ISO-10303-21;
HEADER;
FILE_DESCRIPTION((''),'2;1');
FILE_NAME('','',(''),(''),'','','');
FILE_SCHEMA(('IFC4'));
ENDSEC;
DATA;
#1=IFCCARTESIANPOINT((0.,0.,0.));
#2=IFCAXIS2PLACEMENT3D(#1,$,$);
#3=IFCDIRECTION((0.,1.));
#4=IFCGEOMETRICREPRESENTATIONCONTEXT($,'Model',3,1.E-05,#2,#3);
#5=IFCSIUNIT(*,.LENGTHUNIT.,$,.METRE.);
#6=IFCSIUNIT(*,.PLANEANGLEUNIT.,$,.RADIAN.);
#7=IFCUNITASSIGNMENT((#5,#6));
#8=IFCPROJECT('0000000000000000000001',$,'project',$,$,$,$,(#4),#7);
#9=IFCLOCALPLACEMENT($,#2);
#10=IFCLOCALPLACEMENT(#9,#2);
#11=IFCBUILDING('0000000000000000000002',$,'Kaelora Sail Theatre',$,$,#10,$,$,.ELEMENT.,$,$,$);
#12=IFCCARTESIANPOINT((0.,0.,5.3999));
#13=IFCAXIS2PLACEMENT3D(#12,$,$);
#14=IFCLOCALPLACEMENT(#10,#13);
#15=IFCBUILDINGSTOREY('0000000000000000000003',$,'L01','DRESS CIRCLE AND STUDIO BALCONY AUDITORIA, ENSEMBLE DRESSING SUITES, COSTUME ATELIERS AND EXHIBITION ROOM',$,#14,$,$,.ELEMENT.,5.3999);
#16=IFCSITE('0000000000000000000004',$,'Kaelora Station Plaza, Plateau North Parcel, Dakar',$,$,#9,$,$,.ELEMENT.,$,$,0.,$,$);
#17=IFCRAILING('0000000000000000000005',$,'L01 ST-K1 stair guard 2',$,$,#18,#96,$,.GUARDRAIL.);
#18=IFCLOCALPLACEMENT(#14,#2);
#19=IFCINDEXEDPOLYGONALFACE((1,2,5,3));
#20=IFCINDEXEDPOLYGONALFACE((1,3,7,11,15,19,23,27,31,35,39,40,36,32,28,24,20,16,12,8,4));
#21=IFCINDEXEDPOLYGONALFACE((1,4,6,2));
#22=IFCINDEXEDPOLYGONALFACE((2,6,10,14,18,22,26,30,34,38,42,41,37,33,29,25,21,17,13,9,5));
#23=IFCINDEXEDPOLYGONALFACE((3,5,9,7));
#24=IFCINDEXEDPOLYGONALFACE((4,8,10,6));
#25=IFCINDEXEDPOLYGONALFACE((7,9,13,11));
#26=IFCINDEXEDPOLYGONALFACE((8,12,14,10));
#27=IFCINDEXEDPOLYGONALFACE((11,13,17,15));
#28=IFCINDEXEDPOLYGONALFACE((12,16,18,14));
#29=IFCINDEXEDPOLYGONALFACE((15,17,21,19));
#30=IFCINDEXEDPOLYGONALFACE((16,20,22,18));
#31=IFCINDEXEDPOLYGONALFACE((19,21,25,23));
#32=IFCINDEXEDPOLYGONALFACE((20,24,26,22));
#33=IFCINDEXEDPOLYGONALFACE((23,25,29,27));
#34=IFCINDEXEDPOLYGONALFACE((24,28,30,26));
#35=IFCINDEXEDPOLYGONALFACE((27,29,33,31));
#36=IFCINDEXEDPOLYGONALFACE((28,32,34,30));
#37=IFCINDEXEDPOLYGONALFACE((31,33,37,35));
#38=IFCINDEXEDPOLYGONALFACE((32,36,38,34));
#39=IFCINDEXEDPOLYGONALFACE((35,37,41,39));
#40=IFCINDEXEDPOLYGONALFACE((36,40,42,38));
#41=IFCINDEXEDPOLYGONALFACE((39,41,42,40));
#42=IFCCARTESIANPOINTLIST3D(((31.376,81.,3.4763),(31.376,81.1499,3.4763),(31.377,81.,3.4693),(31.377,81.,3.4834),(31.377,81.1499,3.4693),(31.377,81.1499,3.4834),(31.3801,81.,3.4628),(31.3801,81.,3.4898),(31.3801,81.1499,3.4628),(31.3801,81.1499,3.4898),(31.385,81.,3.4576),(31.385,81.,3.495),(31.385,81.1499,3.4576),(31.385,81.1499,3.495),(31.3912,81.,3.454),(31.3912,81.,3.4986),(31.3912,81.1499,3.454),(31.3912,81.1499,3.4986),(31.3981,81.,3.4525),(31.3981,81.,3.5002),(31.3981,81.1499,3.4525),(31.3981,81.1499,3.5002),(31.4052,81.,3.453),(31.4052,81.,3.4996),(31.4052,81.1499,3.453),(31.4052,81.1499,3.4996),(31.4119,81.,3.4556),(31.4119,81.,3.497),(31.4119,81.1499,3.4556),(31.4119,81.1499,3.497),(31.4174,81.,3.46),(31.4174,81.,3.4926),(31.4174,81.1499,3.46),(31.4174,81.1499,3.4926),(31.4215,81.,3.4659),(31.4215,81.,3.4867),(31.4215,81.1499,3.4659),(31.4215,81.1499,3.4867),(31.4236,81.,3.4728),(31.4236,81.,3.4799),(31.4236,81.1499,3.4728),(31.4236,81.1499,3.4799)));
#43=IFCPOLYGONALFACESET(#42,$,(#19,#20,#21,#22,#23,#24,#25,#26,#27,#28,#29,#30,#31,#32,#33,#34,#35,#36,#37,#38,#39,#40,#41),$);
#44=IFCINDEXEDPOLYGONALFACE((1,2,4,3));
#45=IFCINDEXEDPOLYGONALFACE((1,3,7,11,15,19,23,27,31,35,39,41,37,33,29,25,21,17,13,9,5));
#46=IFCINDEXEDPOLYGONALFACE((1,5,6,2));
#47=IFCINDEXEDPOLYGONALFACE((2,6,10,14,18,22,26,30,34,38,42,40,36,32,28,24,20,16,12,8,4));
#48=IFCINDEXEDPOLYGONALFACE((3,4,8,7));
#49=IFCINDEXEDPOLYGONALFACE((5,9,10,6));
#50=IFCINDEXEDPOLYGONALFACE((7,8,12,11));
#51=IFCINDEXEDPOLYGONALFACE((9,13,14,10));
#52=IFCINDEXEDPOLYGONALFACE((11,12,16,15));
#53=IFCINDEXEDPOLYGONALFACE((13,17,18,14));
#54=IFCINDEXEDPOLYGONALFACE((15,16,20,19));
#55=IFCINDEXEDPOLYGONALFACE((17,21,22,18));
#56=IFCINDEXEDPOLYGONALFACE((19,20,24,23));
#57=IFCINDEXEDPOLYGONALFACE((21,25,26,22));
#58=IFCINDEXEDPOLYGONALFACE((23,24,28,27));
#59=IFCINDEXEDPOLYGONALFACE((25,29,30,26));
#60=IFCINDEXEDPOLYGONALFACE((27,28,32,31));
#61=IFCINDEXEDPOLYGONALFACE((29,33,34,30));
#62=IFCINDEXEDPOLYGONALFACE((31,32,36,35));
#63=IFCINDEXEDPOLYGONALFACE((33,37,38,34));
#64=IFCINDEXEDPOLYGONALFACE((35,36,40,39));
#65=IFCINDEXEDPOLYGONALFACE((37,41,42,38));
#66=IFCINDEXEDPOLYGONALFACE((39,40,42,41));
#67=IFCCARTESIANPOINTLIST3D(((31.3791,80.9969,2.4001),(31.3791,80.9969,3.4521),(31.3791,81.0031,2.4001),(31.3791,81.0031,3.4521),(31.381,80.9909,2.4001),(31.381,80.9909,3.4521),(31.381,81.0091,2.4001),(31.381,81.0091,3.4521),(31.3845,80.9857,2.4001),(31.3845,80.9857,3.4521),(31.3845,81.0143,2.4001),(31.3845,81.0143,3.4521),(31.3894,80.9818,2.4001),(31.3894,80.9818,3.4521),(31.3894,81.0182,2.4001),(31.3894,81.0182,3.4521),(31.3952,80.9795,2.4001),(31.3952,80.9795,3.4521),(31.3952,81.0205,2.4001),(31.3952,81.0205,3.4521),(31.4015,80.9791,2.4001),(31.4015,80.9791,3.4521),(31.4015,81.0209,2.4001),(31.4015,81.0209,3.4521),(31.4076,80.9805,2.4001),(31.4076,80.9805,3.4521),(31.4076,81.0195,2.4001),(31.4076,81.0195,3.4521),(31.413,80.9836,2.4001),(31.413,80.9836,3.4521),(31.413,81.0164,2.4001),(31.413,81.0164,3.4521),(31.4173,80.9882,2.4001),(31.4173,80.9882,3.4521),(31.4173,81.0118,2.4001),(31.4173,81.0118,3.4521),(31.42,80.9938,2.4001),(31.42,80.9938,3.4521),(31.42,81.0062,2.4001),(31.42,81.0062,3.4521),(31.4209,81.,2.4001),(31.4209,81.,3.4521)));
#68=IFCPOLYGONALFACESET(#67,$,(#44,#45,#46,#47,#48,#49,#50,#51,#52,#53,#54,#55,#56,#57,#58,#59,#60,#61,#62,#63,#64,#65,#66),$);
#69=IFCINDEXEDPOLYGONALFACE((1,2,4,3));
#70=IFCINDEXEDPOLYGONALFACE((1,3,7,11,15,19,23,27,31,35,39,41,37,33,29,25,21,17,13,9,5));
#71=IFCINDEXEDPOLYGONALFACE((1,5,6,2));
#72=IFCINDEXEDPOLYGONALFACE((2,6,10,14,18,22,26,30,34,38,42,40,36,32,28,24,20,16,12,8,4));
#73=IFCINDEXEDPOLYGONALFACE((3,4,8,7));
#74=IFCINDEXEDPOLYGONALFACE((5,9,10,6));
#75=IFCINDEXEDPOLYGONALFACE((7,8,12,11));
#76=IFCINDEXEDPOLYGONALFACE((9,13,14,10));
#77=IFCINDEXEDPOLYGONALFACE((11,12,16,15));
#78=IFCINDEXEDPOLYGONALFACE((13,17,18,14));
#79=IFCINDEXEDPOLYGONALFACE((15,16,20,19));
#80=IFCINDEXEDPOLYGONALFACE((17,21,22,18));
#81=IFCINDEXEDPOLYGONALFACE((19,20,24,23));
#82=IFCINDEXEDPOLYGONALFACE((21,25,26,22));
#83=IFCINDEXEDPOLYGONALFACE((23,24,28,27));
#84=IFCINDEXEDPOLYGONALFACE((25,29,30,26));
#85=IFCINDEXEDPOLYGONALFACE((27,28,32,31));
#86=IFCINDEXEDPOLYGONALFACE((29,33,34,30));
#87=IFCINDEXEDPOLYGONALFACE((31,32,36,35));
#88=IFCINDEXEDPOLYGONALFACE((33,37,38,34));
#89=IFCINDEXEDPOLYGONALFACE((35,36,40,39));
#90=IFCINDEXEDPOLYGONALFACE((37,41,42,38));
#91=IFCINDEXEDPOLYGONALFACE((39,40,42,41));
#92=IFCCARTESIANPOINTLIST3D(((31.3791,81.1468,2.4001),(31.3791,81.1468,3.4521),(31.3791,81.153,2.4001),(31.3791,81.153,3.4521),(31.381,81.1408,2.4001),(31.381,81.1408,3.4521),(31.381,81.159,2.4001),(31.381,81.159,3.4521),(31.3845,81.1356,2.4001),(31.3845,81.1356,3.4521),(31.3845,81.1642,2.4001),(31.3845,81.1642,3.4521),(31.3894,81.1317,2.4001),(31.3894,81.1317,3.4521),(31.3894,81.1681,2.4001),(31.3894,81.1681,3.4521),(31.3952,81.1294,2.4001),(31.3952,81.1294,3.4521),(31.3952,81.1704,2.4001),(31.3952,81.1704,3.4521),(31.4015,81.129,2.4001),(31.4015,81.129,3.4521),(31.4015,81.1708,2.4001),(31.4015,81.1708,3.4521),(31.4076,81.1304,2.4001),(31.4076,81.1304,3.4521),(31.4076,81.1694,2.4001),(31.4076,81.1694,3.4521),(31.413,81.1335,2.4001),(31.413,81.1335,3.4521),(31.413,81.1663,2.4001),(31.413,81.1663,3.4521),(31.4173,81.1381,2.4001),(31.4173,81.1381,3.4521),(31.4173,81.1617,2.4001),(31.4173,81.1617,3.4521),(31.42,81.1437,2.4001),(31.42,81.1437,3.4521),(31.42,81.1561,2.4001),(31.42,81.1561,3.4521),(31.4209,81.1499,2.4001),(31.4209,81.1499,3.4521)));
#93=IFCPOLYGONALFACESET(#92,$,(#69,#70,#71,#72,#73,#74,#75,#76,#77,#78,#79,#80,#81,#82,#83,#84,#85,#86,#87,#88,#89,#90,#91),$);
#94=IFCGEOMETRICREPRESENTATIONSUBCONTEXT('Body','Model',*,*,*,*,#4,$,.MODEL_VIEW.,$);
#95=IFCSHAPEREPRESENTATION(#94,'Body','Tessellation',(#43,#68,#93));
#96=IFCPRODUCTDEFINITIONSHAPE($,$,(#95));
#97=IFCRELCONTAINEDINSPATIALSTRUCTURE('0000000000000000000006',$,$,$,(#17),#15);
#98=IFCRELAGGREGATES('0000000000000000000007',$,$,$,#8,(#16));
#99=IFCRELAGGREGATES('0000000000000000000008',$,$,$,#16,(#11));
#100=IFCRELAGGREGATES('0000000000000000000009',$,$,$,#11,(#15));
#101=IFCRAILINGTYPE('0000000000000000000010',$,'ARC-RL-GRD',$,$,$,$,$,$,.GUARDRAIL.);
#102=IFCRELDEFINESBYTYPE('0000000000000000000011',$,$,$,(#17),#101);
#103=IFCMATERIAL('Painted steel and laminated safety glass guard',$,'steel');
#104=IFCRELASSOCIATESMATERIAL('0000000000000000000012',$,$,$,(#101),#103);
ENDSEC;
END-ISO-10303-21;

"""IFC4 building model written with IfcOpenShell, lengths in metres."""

from ifc_helpers import new_model, si_unit, direction, frame, origin, origin_2d, place, context, subcontext, project, spatial, circle, extrude, material, type_object, element, save


model = new_model("IFC4")

# Units and contexts
model_context = context("Model", 3, precision=1e-05, world=origin(), true_north=direction((0.0, 1.0)))
body_context = subcontext(model_context, "Body", "Model", "MODEL_VIEW")
ifc_project = project(units=[si_unit("LENGTHUNIT", "METRE"), si_unit("PLANEANGLEUNIT", "RADIAN")], contexts=[model_context])

# Site, building, storey
site_placement = place(None, origin())
site = spatial("IfcSite", under=ifc_project, at=site_placement, Name="Kaelora Station Plaza, Plateau North Parcel, Dakar", CompositionType="ELEMENT", RefElevation=0.0)
building_placement = place(site_placement, origin())
building = spatial("IfcBuilding", under=site, at=building_placement, Name="Kaelora Sail Theatre", CompositionType="ELEMENT")
storey_placement = place(building_placement, frame((0.0, 0.0, 5.3999)))
storey = spatial("IfcBuildingStorey", under=building, at=storey_placement, Name="L01", Description="DRESS CIRCLE AND STUDIO BALCONY AUDITORIA, ENSEMBLE DRESSING SUITES, COSTUME ATELIERS AND EXHIBITION ROOM", CompositionType="ELEMENT", Elevation=5.3999)

# Railing
ifc_material_1 = material(Name="Painted steel and laminated safety glass guard", Category="steel")
railing_type_1 = type_object("IfcRailingType", Name="ARC-RL-GRD", PredefinedType="GUARDRAIL", material=ifc_material_1)
railing_1_placement = place(storey_placement, frame((31.3999, 81.0, 2.4001)))
element("IfcRailing", 1, at=railing_1_placement, inside=storey, type_object=railing_type_1, Name="L01 ST-K1 stair guard 2", PredefinedType="GUARDRAIL", context=body_context, shape_type="SweptSolid", body=[
    extrude(circle(Radius=0.0239, at=origin_2d()), frame((0.0, 0.0, 1.0762), z_axis=(0.0, 1.0, 0.0), x_axis=(-1.0, 0.0, 0.0)), (0.0, 0.0, 1.0), 0.1499),
    extrude(circle(Radius=0.021, at=origin_2d()), origin(), (0.0, 0.0, 1.0), 1.052),
    extrude(circle(Radius=0.021, at=origin_2d()), frame((0.0, 0.1499, 0.0)), (0.0, 0.0, 1.0), 1.052),
])

save(model, "model.ifc")
